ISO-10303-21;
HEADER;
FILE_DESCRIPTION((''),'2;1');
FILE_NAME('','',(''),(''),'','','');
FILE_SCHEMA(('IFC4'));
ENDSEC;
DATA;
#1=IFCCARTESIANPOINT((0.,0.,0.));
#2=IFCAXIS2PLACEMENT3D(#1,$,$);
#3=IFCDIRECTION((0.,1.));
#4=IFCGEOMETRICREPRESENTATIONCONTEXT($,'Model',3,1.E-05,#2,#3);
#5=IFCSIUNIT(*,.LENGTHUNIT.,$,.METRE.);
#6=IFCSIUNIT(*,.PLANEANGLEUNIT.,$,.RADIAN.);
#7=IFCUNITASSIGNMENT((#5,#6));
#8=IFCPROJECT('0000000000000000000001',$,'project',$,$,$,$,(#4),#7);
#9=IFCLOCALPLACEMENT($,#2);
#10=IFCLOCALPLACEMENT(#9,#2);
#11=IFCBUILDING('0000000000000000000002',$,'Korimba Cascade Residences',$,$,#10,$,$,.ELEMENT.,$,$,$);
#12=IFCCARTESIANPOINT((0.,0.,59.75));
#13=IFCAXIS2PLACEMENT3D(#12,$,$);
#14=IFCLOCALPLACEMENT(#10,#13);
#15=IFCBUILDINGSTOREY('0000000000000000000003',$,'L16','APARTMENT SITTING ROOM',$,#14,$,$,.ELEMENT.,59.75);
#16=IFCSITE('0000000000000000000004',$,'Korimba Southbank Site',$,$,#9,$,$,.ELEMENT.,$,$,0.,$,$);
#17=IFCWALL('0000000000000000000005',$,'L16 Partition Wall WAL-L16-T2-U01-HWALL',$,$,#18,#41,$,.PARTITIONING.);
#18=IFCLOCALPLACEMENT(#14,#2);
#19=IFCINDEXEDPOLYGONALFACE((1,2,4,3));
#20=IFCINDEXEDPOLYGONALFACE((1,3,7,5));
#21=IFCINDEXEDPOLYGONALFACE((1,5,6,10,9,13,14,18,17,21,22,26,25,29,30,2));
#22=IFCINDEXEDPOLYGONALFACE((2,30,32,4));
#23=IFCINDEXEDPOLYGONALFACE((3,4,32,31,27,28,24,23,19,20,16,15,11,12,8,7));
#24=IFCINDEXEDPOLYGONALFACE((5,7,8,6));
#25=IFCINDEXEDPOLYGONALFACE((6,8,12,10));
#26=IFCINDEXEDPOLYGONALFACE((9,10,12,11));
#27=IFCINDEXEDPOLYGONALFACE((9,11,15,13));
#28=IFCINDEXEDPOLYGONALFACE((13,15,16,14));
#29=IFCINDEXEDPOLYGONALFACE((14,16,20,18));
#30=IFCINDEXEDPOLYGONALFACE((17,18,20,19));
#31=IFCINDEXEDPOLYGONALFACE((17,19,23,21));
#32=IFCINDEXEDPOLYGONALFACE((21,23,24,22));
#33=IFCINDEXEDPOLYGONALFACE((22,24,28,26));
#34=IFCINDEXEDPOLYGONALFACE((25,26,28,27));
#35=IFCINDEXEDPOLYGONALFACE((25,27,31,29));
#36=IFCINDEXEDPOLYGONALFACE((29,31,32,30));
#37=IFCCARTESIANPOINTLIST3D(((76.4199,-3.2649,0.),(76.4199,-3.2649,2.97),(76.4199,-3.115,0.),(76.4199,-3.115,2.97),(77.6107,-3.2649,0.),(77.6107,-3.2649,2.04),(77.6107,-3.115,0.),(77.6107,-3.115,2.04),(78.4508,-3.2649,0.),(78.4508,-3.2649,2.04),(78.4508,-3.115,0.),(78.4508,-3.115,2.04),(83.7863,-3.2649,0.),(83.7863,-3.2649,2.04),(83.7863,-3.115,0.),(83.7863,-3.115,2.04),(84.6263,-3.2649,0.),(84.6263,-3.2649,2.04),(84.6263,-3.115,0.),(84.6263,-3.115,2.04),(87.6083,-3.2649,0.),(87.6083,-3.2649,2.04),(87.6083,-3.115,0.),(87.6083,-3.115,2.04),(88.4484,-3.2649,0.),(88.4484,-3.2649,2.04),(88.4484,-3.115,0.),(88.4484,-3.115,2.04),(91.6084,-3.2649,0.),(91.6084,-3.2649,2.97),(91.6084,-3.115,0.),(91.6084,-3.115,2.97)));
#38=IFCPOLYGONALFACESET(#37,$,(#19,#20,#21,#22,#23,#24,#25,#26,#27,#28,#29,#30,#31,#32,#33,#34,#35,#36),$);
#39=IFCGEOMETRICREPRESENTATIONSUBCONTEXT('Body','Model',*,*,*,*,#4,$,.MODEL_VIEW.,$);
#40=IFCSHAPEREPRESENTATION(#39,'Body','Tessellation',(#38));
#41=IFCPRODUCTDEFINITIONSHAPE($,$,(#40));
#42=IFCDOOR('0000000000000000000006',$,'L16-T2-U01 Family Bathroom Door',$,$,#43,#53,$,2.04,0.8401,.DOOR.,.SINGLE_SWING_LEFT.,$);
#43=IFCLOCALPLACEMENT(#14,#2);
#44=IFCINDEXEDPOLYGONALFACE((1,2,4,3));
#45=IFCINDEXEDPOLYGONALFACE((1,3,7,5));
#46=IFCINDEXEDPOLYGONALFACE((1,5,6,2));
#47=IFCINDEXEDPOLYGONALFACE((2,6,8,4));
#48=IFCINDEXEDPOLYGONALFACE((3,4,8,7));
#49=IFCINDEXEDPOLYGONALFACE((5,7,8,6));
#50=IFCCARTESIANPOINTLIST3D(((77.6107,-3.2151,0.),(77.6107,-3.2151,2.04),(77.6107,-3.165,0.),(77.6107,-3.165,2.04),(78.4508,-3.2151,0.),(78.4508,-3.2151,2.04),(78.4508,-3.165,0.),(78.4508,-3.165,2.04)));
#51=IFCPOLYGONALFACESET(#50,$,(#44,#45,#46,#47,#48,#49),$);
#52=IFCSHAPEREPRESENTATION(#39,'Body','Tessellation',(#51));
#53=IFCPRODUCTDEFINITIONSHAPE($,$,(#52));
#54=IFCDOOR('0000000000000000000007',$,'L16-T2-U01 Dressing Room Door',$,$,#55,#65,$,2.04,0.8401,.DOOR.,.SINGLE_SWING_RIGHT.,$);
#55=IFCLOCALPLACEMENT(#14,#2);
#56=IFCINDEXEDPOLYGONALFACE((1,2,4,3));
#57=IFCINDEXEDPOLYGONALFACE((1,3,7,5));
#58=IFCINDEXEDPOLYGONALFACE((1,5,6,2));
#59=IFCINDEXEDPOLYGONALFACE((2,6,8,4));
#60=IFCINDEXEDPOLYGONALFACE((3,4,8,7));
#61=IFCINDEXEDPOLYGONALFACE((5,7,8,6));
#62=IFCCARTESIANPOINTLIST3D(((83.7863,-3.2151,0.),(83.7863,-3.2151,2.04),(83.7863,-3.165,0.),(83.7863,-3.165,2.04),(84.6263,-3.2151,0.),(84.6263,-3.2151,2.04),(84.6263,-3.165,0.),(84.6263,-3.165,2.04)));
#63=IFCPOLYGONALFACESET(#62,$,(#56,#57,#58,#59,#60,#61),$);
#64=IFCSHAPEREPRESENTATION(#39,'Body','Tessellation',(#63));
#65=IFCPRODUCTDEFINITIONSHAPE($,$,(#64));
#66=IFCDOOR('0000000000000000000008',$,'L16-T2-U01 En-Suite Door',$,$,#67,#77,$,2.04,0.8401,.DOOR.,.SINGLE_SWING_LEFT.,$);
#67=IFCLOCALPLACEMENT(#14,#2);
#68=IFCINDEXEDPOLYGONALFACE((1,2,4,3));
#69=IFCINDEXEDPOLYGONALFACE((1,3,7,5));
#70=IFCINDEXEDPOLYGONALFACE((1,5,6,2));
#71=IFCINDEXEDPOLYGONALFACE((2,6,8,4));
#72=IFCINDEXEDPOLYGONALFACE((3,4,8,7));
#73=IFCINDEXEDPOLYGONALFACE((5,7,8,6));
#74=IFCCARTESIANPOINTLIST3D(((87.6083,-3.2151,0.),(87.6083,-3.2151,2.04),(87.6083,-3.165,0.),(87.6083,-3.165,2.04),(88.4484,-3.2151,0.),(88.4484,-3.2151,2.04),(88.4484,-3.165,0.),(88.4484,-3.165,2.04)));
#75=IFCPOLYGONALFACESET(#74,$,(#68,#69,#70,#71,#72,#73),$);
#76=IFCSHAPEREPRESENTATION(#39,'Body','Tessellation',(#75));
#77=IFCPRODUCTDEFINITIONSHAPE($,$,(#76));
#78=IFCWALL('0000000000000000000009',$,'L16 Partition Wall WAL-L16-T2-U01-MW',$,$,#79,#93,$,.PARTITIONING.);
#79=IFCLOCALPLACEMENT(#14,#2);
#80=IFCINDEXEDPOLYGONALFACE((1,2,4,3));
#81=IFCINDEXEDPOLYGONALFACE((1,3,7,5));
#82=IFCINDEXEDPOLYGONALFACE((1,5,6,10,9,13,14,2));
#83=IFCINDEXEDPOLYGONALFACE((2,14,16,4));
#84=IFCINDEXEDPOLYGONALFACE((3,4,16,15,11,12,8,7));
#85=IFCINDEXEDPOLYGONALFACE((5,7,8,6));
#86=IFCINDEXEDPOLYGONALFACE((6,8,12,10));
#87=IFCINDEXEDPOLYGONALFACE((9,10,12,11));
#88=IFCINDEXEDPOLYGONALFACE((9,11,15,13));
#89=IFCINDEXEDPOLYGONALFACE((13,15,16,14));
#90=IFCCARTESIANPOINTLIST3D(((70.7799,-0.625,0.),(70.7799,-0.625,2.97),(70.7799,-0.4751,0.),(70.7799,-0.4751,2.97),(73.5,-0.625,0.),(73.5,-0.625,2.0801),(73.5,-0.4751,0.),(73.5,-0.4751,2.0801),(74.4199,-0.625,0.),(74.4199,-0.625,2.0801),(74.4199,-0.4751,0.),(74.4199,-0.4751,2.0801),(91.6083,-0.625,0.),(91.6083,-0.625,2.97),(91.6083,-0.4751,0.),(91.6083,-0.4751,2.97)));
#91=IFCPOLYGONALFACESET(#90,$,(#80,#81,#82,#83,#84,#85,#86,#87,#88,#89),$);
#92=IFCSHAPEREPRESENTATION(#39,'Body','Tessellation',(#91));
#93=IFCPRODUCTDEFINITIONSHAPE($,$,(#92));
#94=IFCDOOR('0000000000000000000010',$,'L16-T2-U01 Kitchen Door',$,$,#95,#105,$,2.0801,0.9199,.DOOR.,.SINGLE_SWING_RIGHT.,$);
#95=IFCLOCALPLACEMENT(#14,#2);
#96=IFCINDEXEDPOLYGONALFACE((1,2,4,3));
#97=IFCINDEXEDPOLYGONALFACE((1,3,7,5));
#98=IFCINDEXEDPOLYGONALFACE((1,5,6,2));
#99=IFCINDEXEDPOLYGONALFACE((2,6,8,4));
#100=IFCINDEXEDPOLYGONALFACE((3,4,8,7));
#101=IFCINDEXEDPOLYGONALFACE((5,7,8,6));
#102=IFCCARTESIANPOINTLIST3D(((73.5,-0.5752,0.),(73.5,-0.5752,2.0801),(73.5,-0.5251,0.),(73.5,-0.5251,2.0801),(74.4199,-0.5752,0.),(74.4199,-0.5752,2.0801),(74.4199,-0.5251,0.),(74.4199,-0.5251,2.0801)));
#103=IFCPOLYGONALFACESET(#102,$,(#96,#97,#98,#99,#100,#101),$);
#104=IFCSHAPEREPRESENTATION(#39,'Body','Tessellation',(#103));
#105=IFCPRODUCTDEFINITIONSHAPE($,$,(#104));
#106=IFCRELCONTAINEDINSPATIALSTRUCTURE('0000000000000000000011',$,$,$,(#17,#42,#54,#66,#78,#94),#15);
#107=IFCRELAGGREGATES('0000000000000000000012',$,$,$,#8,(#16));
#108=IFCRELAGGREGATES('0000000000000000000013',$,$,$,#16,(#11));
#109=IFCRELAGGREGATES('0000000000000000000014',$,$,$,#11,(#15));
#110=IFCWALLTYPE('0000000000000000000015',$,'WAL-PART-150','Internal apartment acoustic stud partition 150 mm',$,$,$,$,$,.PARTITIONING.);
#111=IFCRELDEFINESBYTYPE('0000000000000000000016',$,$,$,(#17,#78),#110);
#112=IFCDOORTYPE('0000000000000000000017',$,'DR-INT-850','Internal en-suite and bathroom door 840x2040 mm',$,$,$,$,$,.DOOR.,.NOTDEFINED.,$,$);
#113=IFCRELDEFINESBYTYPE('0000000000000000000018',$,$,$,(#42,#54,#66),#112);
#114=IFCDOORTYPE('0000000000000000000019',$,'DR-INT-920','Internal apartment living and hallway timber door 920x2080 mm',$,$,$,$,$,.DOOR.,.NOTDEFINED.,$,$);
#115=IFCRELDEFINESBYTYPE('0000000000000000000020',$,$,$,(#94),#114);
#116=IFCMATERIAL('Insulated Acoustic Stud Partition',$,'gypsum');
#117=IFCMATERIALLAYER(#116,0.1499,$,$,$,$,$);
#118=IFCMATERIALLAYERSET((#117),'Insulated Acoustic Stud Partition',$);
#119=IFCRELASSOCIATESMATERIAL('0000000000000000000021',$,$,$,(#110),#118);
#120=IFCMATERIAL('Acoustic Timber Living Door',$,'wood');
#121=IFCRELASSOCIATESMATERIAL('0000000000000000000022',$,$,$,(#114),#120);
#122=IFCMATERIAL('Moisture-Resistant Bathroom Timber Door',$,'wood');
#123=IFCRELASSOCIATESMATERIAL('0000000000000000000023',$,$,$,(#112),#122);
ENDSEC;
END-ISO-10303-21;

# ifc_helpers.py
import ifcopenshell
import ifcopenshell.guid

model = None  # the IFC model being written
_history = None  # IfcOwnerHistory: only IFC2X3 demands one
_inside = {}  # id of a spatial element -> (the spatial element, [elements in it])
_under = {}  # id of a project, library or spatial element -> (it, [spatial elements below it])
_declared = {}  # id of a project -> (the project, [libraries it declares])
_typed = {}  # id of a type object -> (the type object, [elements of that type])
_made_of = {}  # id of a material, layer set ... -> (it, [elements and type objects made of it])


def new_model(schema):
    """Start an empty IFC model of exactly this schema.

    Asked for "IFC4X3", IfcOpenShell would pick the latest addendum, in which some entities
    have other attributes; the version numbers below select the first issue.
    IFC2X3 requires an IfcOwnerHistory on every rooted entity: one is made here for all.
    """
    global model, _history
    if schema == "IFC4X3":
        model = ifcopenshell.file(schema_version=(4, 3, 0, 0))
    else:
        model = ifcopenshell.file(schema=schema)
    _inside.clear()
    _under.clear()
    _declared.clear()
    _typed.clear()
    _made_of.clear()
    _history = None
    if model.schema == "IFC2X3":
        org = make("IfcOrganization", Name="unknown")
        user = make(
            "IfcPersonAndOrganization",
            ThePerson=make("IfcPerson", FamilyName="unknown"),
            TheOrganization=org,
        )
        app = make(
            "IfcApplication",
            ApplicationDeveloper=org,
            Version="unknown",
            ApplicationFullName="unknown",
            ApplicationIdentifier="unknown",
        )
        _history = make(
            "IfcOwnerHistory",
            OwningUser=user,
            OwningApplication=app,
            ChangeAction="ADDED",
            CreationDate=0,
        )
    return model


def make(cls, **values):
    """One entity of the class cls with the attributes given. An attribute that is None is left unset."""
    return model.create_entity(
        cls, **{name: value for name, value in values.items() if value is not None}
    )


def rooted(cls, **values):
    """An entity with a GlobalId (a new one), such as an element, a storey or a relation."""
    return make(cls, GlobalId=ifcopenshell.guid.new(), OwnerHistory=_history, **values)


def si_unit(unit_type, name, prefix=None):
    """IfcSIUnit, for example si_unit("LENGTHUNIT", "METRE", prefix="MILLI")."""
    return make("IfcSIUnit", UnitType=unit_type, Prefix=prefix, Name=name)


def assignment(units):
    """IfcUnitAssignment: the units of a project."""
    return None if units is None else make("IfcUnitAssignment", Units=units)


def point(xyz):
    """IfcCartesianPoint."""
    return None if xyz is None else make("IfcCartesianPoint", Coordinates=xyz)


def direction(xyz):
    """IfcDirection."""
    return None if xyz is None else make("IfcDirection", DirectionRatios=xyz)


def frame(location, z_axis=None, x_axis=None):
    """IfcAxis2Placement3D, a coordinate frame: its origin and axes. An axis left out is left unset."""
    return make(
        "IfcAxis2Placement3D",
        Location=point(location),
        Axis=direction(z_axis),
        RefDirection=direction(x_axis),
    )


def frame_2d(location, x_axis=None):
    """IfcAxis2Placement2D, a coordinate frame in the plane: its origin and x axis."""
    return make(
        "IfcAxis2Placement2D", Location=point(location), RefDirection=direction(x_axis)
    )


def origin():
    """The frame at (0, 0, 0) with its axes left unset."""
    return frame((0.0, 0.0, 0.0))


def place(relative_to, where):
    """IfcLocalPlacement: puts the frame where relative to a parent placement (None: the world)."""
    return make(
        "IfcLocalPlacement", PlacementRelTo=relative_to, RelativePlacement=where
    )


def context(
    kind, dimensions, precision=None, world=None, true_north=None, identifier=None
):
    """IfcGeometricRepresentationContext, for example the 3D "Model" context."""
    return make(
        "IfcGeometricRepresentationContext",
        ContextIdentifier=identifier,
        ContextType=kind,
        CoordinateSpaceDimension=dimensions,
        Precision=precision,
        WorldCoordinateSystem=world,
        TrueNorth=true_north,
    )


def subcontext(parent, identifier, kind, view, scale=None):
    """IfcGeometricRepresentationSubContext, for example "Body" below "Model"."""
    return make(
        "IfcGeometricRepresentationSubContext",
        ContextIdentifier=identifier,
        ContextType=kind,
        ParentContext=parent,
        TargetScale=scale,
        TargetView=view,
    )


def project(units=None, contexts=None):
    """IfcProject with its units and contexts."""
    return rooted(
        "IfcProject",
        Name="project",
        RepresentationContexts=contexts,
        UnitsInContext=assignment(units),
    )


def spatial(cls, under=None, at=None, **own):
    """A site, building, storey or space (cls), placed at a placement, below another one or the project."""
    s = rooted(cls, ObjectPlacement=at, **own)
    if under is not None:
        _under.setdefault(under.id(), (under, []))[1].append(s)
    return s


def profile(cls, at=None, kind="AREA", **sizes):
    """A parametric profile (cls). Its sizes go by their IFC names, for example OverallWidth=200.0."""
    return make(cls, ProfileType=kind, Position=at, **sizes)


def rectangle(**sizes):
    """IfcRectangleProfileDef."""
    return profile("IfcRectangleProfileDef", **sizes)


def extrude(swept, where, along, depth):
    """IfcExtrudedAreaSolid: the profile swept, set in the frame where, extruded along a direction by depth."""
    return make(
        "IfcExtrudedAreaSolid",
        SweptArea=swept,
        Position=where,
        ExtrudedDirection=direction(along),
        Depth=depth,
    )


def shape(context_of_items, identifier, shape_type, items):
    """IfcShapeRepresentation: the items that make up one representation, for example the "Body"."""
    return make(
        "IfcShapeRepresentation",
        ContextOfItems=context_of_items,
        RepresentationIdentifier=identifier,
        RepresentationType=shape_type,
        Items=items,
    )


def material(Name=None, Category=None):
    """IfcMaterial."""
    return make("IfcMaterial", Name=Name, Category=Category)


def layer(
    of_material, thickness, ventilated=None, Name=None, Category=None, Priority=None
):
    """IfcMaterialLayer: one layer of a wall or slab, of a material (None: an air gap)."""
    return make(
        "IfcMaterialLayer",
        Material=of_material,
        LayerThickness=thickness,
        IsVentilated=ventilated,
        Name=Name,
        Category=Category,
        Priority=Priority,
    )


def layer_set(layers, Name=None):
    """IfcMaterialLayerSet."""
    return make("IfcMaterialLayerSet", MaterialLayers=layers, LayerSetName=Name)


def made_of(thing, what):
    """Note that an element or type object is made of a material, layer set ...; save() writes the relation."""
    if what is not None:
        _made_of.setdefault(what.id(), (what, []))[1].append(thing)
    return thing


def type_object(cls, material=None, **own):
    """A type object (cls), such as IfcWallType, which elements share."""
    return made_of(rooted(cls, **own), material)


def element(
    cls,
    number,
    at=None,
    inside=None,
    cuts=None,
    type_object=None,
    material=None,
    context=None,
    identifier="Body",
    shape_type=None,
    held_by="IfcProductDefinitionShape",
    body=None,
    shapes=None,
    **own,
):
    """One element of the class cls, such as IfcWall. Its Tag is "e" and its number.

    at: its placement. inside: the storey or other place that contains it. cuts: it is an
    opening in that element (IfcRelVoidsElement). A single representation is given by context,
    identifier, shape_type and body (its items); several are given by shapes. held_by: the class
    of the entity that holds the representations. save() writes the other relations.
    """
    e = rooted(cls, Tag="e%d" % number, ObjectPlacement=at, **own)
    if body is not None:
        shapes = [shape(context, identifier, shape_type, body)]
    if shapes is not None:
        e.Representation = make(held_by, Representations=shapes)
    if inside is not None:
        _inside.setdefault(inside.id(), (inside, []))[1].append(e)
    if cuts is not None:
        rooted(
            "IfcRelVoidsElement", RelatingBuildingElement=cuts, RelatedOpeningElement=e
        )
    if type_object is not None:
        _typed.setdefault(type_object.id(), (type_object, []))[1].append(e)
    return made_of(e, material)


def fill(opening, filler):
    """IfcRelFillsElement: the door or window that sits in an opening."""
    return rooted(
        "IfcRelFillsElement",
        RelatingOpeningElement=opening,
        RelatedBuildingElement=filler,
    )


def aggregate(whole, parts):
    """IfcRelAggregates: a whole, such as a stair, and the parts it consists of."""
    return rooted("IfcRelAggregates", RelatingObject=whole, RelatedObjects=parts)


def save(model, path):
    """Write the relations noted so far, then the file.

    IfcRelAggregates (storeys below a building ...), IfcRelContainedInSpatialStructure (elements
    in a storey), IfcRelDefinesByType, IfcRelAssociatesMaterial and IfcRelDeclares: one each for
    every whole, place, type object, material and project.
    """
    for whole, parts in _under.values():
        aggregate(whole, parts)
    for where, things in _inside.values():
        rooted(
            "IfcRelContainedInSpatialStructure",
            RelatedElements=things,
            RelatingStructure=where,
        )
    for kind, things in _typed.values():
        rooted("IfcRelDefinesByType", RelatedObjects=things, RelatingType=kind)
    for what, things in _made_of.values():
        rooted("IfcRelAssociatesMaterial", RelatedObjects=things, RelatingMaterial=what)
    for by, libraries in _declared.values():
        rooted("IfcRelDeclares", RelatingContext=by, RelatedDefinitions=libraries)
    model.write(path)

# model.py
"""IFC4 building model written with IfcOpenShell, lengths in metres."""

from ifc_helpers import new_model, si_unit, direction, frame, frame_2d, origin, place, context, subcontext, project, spatial, rectangle, extrude, material, layer, layer_set, type_object, element, fill, save


model = new_model("IFC4")

# Units and contexts
model_context = context("Model", 3, precision=1e-05, world=origin(), true_north=direction((0.0, 1.0)))
body_context = subcontext(model_context, "Body", "Model", "MODEL_VIEW")
ifc_project = project(units=[si_unit("LENGTHUNIT", "METRE"), si_unit("PLANEANGLEUNIT", "RADIAN")], contexts=[model_context])

# Site, building, storey
site_placement = place(None, origin())
site = spatial("IfcSite", under=ifc_project, at=site_placement, Name="Korimba Southbank Site", CompositionType="ELEMENT", RefElevation=0.0)
building_placement = place(site_placement, origin())
building = spatial("IfcBuilding", under=site, at=building_placement, Name="Korimba Cascade Residences", CompositionType="ELEMENT")
storey_placement = place(building_placement, frame((0.0, 0.0, 59.75)))
storey = spatial("IfcBuildingStorey", under=building, at=storey_placement, Name="L16", Description="APARTMENT SITTING ROOM", CompositionType="ELEMENT", Elevation=59.75)

# Shared definitions
ifc_material_1 = material(Name="Insulated Acoustic Stud Partition", Category="gypsum")
ifc_layer_1 = layer(ifc_material_1, 0.1499)
ifc_layer_set_1 = layer_set([ifc_layer_1], Name="Insulated Acoustic Stud Partition")
wall_type_1 = type_object("IfcWallType", Name="WAL-PART-150", Description="Internal apartment acoustic stud partition 150 mm", PredefinedType="PARTITIONING", material=ifc_layer_set_1)

# Shared definitions
ifc_material_2 = material(Name="Acoustic Timber Living Door", Category="wood")
door_type_1 = type_object("IfcDoorType", Name="DR-INT-920", Description="Internal apartment living and hallway timber door 920x2080 mm", OperationType="NOTDEFINED", PredefinedType="DOOR", material=ifc_material_2)

# Wall, openings, doors
wall_1_placement = place(storey_placement, frame((76.4199, -3.1899, 0.0), z_axis=(0.0, 0.0, 1.0), x_axis=(1.0, 0.0, 0.0)))
wall_1 = element("IfcWall", 1, at=wall_1_placement, inside=storey, type_object=wall_type_1, Name="L16 Partition Wall WAL-L16-T2-U01-HWALL", PredefinedType="PARTITIONING", context=body_context, shape_type="SweptSolid", body=[
    extrude(rectangle(XDim=15.1885, YDim=0.1499, at=frame_2d((7.5942, 0.0))), origin(), (0.0, 0.0, 1.0), 2.97),
])
opening_1_placement = place(wall_1_placement, frame((1.1909, 0.0, 0.0)))
opening_1 = element("IfcOpeningElement", 2, at=opening_1_placement, cuts=wall_1, PredefinedType="OPENING", context=body_context, shape_type="SweptSolid", body=[
    extrude(rectangle(XDim=0.8401, YDim=2.04, at=frame_2d((0.4199, 1.02))), frame((0.0, 0.085, 0.0), z_axis=(0.0, -1.0, 0.0), x_axis=(1.0, 0.0, 0.0)), (0.0, 0.0, 1.0), 0.1699),
])
opening_2_placement = place(wall_1_placement, frame((7.3665, 0.0, 0.0)))
opening_2 = element("IfcOpeningElement", 3, at=opening_2_placement, cuts=wall_1, PredefinedType="OPENING", context=body_context, shape_type="SweptSolid", body=[
    extrude(rectangle(XDim=0.8401, YDim=2.04, at=frame_2d((0.4199, 1.02))), frame((0.0, 0.085, 0.0), z_axis=(0.0, -1.0, 0.0), x_axis=(1.0, 0.0, 0.0)), (0.0, 0.0, 1.0), 0.1699),
])
opening_3_placement = place(wall_1_placement, frame((11.1885, 0.0, 0.0)))
opening_3 = element("IfcOpeningElement", 4, at=opening_3_placement, cuts=wall_1, PredefinedType="OPENING", context=body_context, shape_type="SweptSolid", body=[
    extrude(rectangle(XDim=0.8401, YDim=2.04, at=frame_2d((0.4199, 1.02))), frame((0.0, 0.085, 0.0), z_axis=(0.0, -1.0, 0.0), x_axis=(1.0, 0.0, 0.0)), (0.0, 0.0, 1.0), 0.1699),
])
ifc_material_3 = material(Name="Moisture-Resistant Bathroom Timber Door", Category="wood")
door_type_2 = type_object("IfcDoorType", Name="DR-INT-850", Description="Internal en-suite and bathroom door 840x2040 mm", OperationType="NOTDEFINED", PredefinedType="DOOR", material=ifc_material_3)
door_1_placement = place(opening_1_placement, origin())
door_1 = element("IfcDoor", 5, at=door_1_placement, inside=storey, type_object=door_type_2, Name="L16-T2-U01 Family Bathroom Door", OperationType="SINGLE_SWING_LEFT", OverallHeight=2.04, OverallWidth=0.8401, PredefinedType="DOOR", context=body_context, shape_type="SweptSolid", body=[
    extrude(rectangle(XDim=0.8401, YDim=2.04, at=frame_2d((0.4199, 1.02))), frame((0.0, 0.0249, 0.0), z_axis=(0.0, -1.0, 0.0), x_axis=(1.0, 0.0, 0.0)), (0.0, 0.0, 1.0), 0.05),
])
fill(opening_1, door_1)
door_2_placement = place(opening_2_placement, origin())
door_2 = element("IfcDoor", 6, at=door_2_placement, inside=storey, type_object=door_type_2, Name="L16-T2-U01 Dressing Room Door", OperationType="SINGLE_SWING_RIGHT", OverallHeight=2.04, OverallWidth=0.8401, PredefinedType="DOOR", context=body_context, shape_type="SweptSolid", body=[
    extrude(rectangle(XDim=0.8401, YDim=2.04, at=frame_2d((0.4199, 1.02))), frame((0.0, 0.0249, 0.0), z_axis=(0.0, -1.0, 0.0), x_axis=(1.0, 0.0, 0.0)), (0.0, 0.0, 1.0), 0.05),
])
fill(opening_2, door_2)
door_3_placement = place(opening_3_placement, origin())
door_3 = element("IfcDoor", 7, at=door_3_placement, inside=storey, type_object=door_type_2, Name="L16-T2-U01 En-Suite Door", OperationType="SINGLE_SWING_LEFT", OverallHeight=2.04, OverallWidth=0.8401, PredefinedType="DOOR", context=body_context, shape_type="SweptSolid", body=[
    extrude(rectangle(XDim=0.8401, YDim=2.04, at=frame_2d((0.4199, 1.02))), frame((0.0, 0.0249, 0.0), z_axis=(0.0, -1.0, 0.0), x_axis=(1.0, 0.0, 0.0)), (0.0, 0.0, 1.0), 0.05),
])
fill(opening_3, door_3)

# Wall, opening, door
wall_2_placement = place(storey_placement, frame((70.78, -0.55, 0.0), z_axis=(0.0, 0.0, 1.0), x_axis=(1.0, 0.0, 0.0)))
wall_2 = element("IfcWall", 8, at=wall_2_placement, inside=storey, type_object=wall_type_1, Name="L16 Partition Wall WAL-L16-T2-U01-MW", PredefinedType="PARTITIONING", context=body_context, shape_type="SweptSolid", body=[
    extrude(rectangle(XDim=20.8284, YDim=0.1499, at=frame_2d((10.4141, 0.0))), origin(), (0.0, 0.0, 1.0), 2.97),
])
opening_4_placement = place(wall_2_placement, frame((2.72, 0.0, 0.0)))
opening_4 = element("IfcOpeningElement", 9, at=opening_4_placement, cuts=wall_2, PredefinedType="OPENING", context=body_context, shape_type="SweptSolid", body=[
    extrude(rectangle(XDim=0.9199, YDim=2.0801, at=frame_2d((0.46, 1.04))), frame((0.0, 0.085, 0.0), z_axis=(0.0, -1.0, 0.0), x_axis=(1.0, 0.0, 0.0)), (0.0, 0.0, 1.0), 0.1699),
])
door_4_placement = place(opening_4_placement, origin())
door_4 = element("IfcDoor", 10, at=door_4_placement, inside=storey, type_object=door_type_1, Name="L16-T2-U01 Kitchen Door", OperationType="SINGLE_SWING_RIGHT", OverallHeight=2.0801, OverallWidth=0.9199, PredefinedType="DOOR", context=body_context, shape_type="SweptSolid", body=[
    extrude(rectangle(XDim=0.9199, YDim=2.0801, at=frame_2d((0.46, 1.04))), frame((0.0, 0.0249, 0.0), z_axis=(0.0, -1.0, 0.0), x_axis=(1.0, 0.0, 0.0)), (0.0, 0.0, 1.0), 0.05),
])
fill(opening_4, door_4)

save(model, "model.ifc")
